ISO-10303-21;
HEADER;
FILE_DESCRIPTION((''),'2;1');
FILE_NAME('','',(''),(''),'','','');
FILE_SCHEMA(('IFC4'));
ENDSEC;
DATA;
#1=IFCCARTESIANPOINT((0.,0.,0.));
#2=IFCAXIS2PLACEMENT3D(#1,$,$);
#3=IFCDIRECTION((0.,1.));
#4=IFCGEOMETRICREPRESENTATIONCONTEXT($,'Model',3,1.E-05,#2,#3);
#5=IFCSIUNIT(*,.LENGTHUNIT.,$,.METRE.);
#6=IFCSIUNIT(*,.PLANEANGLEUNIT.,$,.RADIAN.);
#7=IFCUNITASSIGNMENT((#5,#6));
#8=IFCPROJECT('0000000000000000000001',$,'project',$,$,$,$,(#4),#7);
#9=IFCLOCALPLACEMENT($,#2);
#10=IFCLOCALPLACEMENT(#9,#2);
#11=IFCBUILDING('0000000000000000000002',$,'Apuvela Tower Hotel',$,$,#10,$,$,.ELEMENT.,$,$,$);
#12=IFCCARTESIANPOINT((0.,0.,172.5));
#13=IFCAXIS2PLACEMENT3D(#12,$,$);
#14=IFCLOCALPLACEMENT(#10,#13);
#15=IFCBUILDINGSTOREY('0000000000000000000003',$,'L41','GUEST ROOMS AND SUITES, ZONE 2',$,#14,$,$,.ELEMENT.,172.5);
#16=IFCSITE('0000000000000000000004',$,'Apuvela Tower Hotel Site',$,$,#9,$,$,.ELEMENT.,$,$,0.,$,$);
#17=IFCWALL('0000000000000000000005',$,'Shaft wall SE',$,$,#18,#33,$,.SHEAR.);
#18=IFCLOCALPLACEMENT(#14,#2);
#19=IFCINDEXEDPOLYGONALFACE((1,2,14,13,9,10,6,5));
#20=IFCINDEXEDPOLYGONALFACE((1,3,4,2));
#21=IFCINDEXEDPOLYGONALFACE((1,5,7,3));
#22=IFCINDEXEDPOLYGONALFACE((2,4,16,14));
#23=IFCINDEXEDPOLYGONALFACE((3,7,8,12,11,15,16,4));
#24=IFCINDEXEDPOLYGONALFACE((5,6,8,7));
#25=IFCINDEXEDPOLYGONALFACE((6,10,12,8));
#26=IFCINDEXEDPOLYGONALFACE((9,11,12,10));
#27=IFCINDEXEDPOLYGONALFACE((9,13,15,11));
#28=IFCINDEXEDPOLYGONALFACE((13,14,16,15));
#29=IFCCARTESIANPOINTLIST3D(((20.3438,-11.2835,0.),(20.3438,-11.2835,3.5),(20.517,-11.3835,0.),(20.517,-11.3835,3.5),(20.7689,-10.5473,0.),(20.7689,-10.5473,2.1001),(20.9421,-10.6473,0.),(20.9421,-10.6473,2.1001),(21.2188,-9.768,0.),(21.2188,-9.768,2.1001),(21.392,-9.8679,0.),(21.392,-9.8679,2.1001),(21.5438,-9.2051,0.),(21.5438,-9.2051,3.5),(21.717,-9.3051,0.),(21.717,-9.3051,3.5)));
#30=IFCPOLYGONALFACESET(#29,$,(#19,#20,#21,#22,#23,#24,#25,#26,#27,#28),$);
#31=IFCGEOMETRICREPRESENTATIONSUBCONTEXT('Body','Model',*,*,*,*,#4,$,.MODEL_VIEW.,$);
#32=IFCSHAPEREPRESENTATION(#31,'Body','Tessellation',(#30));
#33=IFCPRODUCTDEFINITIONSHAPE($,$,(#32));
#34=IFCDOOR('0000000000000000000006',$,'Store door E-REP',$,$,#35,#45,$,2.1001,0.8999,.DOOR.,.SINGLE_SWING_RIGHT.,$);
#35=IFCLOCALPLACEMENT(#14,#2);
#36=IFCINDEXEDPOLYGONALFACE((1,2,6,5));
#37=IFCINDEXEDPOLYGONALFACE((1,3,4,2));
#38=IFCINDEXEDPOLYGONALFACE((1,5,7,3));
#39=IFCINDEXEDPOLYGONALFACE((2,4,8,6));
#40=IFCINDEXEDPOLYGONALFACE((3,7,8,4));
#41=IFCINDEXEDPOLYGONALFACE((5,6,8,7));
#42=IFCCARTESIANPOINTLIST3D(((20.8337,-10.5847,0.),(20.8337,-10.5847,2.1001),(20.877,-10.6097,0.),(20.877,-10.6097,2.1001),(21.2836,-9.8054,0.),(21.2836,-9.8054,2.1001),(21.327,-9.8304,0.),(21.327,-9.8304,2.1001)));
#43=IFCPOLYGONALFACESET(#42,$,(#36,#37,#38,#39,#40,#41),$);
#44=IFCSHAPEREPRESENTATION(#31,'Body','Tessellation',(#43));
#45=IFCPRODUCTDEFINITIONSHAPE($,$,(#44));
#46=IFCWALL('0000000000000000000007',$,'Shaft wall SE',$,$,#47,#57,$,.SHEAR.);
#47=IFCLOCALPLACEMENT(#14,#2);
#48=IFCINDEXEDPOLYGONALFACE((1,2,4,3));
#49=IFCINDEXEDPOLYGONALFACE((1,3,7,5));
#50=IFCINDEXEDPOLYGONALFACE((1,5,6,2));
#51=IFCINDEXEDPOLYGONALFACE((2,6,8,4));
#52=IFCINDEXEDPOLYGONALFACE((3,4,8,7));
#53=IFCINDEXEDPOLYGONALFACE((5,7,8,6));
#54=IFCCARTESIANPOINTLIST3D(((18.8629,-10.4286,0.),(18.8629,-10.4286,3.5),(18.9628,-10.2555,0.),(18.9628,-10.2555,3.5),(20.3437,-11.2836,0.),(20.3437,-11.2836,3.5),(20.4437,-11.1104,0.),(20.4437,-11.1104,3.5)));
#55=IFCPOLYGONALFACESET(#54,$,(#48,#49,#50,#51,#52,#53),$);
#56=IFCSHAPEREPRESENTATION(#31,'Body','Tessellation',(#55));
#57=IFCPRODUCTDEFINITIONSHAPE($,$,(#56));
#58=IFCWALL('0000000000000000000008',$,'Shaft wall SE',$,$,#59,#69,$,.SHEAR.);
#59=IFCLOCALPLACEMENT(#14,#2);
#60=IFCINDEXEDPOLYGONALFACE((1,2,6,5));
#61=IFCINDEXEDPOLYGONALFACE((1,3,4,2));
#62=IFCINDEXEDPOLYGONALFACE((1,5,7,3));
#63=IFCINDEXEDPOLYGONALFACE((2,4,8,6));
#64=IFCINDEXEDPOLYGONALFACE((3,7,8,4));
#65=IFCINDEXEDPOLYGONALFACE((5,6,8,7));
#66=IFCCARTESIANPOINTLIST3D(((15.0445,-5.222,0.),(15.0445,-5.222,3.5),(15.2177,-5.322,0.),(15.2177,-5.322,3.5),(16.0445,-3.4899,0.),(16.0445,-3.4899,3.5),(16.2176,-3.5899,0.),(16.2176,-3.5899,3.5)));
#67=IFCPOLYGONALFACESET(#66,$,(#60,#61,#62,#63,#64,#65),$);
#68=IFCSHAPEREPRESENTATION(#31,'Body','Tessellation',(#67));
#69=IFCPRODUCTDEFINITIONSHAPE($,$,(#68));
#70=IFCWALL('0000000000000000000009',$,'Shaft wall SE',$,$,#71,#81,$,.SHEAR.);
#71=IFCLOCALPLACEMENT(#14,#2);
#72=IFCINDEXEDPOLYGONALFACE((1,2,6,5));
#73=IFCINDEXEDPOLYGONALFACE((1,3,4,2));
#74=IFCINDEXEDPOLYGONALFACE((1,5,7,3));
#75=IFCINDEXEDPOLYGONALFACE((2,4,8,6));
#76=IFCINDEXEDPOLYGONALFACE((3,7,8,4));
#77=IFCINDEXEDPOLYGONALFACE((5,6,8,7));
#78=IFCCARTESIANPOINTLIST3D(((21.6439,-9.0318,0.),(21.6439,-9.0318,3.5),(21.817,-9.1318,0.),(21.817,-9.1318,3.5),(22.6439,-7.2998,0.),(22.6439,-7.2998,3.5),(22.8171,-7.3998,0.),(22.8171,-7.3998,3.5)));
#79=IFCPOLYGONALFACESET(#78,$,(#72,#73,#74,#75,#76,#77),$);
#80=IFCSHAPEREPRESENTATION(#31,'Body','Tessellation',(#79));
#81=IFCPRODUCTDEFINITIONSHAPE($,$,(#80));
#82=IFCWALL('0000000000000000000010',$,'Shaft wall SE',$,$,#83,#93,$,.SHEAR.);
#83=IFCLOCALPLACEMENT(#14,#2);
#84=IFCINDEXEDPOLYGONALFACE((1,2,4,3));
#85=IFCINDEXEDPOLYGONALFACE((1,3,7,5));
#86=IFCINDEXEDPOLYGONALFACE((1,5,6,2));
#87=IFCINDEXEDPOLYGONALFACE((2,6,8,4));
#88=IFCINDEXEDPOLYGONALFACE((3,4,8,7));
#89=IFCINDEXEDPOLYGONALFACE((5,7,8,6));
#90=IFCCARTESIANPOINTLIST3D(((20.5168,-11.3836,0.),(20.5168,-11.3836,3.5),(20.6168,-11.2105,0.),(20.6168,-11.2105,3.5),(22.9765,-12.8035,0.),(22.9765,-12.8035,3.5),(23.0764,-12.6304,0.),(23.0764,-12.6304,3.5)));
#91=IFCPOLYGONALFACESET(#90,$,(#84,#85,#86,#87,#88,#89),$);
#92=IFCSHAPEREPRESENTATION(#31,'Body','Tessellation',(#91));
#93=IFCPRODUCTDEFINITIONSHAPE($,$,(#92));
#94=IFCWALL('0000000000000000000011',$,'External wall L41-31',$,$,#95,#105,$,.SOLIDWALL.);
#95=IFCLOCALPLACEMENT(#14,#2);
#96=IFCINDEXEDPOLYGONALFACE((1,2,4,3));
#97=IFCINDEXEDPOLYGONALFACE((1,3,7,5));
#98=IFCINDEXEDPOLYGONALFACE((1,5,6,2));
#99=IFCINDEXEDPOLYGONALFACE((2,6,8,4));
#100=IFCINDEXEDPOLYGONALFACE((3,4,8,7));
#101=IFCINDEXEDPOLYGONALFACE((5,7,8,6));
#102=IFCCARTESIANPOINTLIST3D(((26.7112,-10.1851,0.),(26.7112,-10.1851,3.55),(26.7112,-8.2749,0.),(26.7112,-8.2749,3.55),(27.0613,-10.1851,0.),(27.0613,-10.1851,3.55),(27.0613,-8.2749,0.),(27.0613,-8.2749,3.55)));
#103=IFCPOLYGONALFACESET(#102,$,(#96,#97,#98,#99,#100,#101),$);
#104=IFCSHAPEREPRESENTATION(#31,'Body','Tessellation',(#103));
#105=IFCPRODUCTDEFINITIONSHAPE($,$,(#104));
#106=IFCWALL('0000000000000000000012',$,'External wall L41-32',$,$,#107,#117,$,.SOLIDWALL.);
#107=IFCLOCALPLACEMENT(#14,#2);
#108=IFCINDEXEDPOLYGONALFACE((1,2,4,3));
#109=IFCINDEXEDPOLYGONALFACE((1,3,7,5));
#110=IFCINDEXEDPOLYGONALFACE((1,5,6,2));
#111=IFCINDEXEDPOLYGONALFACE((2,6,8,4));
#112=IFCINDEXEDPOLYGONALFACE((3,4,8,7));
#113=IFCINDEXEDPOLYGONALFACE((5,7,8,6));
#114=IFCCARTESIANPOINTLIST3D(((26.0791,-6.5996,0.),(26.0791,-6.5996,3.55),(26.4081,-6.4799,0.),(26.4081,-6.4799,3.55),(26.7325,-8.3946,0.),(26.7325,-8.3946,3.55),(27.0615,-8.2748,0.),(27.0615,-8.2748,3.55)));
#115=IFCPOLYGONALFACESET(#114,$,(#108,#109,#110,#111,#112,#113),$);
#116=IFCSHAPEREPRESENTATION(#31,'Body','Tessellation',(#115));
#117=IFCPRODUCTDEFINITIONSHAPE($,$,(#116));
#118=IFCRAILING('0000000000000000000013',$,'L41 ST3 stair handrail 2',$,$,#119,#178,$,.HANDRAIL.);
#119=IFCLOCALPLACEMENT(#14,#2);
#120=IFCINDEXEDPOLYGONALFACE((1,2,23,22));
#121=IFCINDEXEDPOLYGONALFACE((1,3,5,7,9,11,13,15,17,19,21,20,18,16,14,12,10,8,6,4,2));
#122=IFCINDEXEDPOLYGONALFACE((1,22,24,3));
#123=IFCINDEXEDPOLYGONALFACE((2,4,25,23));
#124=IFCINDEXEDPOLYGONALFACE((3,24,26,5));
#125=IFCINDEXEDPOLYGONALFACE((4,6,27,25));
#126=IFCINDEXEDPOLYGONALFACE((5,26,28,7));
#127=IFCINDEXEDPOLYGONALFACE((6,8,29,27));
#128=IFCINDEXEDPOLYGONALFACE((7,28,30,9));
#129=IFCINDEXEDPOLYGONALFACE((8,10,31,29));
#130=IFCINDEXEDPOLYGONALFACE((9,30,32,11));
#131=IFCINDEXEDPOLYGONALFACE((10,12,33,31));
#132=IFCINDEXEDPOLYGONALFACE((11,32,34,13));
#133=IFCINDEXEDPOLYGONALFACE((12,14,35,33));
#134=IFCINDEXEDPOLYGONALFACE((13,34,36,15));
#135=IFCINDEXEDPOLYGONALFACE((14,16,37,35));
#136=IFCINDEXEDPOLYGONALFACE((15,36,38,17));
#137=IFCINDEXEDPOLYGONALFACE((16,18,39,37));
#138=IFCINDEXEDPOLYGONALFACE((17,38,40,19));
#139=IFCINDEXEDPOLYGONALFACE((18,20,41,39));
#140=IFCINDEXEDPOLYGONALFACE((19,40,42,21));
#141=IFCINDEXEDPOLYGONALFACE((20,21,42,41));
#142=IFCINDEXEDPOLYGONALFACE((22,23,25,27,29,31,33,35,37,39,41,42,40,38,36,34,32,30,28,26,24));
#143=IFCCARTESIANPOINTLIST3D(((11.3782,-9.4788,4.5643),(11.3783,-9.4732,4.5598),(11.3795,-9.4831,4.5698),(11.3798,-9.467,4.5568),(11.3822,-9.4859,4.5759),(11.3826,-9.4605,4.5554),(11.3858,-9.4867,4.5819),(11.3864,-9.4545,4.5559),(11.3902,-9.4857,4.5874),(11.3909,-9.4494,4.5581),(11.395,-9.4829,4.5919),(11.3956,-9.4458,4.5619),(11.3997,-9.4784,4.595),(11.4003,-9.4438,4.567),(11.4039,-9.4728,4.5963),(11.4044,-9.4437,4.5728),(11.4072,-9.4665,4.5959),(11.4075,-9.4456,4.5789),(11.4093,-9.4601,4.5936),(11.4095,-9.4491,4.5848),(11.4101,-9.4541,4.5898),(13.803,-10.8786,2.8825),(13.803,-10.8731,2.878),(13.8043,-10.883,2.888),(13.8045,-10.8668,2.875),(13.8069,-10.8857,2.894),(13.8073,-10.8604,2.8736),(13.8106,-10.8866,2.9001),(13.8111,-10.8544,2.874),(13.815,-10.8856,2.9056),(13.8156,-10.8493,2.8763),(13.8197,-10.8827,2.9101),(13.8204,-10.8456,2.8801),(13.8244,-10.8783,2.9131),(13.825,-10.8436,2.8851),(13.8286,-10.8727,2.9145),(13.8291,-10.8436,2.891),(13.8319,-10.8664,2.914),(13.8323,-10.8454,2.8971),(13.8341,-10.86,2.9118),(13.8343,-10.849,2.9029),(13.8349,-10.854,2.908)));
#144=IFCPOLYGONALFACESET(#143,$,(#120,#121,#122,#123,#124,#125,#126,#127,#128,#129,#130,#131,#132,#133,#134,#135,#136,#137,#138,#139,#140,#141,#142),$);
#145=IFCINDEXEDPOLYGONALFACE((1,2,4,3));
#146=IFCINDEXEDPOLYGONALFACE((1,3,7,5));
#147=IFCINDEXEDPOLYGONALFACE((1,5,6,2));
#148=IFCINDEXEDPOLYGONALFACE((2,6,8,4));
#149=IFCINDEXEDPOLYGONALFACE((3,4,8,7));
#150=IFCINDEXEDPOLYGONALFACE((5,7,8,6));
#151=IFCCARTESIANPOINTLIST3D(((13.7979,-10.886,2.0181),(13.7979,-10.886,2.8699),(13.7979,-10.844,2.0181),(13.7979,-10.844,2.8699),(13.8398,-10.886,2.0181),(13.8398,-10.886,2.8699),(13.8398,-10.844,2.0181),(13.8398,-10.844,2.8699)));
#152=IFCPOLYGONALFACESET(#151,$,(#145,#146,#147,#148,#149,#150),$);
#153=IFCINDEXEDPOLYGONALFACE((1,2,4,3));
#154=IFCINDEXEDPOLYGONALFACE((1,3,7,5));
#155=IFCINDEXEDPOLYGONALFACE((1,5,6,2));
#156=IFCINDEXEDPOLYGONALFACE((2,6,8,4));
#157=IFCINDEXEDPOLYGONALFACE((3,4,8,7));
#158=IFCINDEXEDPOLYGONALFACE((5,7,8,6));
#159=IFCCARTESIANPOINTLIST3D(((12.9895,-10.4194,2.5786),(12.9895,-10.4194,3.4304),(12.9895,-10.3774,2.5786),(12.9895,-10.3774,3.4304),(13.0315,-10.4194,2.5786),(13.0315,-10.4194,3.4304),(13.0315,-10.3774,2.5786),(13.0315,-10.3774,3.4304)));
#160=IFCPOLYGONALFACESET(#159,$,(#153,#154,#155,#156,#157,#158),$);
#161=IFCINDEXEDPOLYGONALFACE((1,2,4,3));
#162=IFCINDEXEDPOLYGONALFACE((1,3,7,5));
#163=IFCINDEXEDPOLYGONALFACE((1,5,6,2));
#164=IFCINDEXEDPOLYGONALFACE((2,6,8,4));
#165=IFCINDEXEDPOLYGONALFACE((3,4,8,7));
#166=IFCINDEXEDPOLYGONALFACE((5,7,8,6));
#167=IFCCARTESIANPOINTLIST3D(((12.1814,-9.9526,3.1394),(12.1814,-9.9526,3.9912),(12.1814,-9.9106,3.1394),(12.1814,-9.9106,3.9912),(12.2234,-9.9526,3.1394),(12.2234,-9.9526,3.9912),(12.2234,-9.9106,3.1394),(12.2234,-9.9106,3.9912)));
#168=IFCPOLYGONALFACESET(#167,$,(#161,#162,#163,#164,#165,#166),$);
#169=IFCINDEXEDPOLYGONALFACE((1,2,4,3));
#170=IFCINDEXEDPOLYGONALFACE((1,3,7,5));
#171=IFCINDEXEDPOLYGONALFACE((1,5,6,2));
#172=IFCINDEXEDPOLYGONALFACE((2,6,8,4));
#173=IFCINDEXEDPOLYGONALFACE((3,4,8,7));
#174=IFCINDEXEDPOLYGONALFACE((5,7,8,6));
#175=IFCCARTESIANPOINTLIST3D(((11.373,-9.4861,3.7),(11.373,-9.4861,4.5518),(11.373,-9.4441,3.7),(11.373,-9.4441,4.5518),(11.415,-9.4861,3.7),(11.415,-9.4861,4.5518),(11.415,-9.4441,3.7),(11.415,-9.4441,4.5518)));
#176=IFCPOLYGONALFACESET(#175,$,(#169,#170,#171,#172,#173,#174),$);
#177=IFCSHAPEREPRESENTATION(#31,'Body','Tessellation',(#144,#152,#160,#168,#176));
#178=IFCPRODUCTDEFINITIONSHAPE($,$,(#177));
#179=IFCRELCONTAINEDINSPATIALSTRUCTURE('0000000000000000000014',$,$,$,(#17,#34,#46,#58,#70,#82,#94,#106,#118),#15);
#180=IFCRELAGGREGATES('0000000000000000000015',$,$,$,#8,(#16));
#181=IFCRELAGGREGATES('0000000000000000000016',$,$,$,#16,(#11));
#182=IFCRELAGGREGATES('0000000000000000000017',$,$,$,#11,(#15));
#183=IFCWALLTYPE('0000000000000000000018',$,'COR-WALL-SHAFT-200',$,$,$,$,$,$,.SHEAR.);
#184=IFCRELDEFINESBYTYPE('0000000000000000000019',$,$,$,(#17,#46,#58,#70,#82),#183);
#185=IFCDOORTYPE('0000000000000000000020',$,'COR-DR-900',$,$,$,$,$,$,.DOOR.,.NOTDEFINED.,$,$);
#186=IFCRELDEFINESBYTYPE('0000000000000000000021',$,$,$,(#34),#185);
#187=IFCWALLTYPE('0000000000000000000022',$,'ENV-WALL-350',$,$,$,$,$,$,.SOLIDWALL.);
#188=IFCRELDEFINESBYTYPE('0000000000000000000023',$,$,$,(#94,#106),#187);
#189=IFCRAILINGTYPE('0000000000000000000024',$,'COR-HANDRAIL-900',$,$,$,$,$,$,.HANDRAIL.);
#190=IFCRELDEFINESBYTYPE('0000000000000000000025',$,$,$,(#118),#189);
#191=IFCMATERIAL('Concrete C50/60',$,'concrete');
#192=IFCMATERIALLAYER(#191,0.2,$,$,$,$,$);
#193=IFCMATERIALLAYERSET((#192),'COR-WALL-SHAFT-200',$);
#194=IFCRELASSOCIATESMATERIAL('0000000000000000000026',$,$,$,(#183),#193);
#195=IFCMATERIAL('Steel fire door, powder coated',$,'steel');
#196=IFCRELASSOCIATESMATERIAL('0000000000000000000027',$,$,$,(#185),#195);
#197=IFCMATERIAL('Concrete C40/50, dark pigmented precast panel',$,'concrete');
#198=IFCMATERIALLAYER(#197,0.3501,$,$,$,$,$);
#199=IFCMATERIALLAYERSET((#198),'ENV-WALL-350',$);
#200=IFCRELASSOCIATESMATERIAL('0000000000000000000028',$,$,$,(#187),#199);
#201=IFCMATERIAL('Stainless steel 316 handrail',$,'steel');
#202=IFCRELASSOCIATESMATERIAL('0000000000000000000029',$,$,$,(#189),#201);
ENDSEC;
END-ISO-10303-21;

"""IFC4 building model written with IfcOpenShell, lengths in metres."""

from ifc_helpers import new_model, si_unit, direction, frame, frame_2d, origin, origin_2d, place, context, subcontext, project, spatial, rectangle, circle, extrude, material, layer, layer_set, type_object, element, fill, save


model = new_model("IFC4")

# Units and contexts
model_context = context("Model", 3, precision=1e-05, world=origin(), true_north=direction((0.0, 1.0)))
body_context = subcontext(model_context, "Body", "Model", "MODEL_VIEW")
ifc_project = project(units=[si_unit("LENGTHUNIT", "METRE"), si_unit("PLANEANGLEUNIT", "RADIAN")], contexts=[model_context])

# Site, building, storey
site_placement = place(None, origin())
site = spatial("IfcSite", under=ifc_project, at=site_placement, Name="Apuvela Tower Hotel Site", CompositionType="ELEMENT", RefElevation=0.0)
building_placement = place(site_placement, origin())
building = spatial("IfcBuilding", under=site, at=building_placement, Name="Apuvela Tower Hotel", CompositionType="ELEMENT")
storey_placement = place(building_placement, frame((0.0, 0.0, 172.5)))
storey = spatial("IfcBuildingStorey", under=building, at=storey_placement, Name="L41", Description="GUEST ROOMS AND SUITES, ZONE 2", CompositionType="ELEMENT", Elevation=172.5)

# Shared definitions
ifc_material_1 = material(Name="Concrete C50/60", Category="concrete")
ifc_layer_1 = layer(ifc_material_1, 0.2)
ifc_layer_set_1 = layer_set([ifc_layer_1], Name="COR-WALL-SHAFT-200")
wall_type_1 = type_object("IfcWallType", Name="COR-WALL-SHAFT-200", PredefinedType="SHEAR", material=ifc_layer_set_1)

# Wall, opening, door
wall_1_placement = place(storey_placement, frame((20.4304, -11.3335, 0.0), z_axis=(0.0, 0.0, 1.0), x_axis=(0.500001, 0.866025, 0.0)))
wall_1 = element("IfcWall", 1, at=wall_1_placement, inside=storey, type_object=wall_type_1, Name="Shaft wall SE", PredefinedType="SHEAR", context=body_context, shape_type="SweptSolid", body=[
    extrude(rectangle(XDim=2.3999, YDim=0.2, at=frame_2d((1.2, 0.0))), origin(), (0.0, 0.0, 1.0), 3.5),
])
opening_1_placement = place(wall_1_placement, frame((0.8501, 0.0, 0.0)))
opening_1 = element("IfcOpeningElement", 2, at=opening_1_placement, cuts=wall_1, PredefinedType="OPENING", context=body_context, shape_type="SweptSolid", body=[
    extrude(rectangle(XDim=0.8999, YDim=2.1001, at=frame_2d((0.45, 1.05))), frame((0.0, 0.1099, 0.0), z_axis=(0.0, -1.0, 0.0), x_axis=(1.0, 0.0, 0.0)), (0.0, 0.0, 1.0), 0.22),
])
ifc_material_2 = material(Name="Steel fire door, powder coated", Category="steel")
door_type_1 = type_object("IfcDoorType", Name="COR-DR-900", OperationType="NOTDEFINED", PredefinedType="DOOR", material=ifc_material_2)
door_1_placement = place(opening_1_placement, frame((0.8999, 0.0, 0.0), z_axis=(0.0, 0.0, 1.0), x_axis=(-1.0, 0.0, 0.0)))
door_1 = element("IfcDoor", 3, at=door_1_placement, inside=storey, type_object=door_type_1, Name="Store door E-REP", OperationType="SINGLE_SWING_RIGHT", OverallHeight=2.1001, OverallWidth=0.8999, PredefinedType="DOOR", context=body_context, shape_type="SweptSolid", body=[
    extrude(rectangle(XDim=0.8999, YDim=2.1001, at=frame_2d((0.45, 1.05))), frame((0.0, 0.0249, 0.0), z_axis=(0.0, -1.0, 0.0), x_axis=(1.0, 0.0, 0.0)), (0.0, 0.0, 1.0), 0.05),
])
fill(opening_1, door_1)

# Walls
wall_2_placement = place(storey_placement, frame((18.9128, -10.342, 0.0), z_axis=(0.0, 0.0, 1.0), x_axis=(0.866038, -0.499978, 0.0)))
element("IfcWall", 4, at=wall_2_placement, inside=storey, type_object=wall_type_1, Name="Shaft wall SE", PredefinedType="SHEAR", context=body_context, shape_type="SweptSolid", body=[
    extrude(rectangle(XDim=1.71, YDim=0.2, at=frame_2d((0.855, 0.0))), origin(), (0.0, 0.0, 1.0), 3.5),
])
for number, where, z_axis, x_axis, name in (
    (5, (15.1311, -5.272, 0.0), (0.0, 0.0, 1.0), (0.499973, 0.866041, 0.0), "Shaft wall SE"),
    (6, (21.7305, -9.0818, 0.0), (0.0, 0.0, 1.0), (0.500025, 0.866011, 0.0), "Shaft wall SE"),
):
    element("IfcWall", number, at=place(storey_placement, frame(where, z_axis=z_axis, x_axis=x_axis)), inside=storey, type_object=wall_type_1, Name=name, PredefinedType="SHEAR", context=body_context, shape_type="SweptSolid", body=[
        extrude(rectangle(XDim=2.0, YDim=0.2, at=frame_2d((1.0, 0.0))), origin(), (0.0, 0.0, 1.0), 3.5),
    ])
wall_3_placement = place(storey_placement, frame((20.5669, -11.2971, 0.0), z_axis=(0.0, 0.0, 1.0), x_axis=(0.866055, -0.499948, 0.0)))
element("IfcWall", 7, at=wall_3_placement, inside=storey, type_object=wall_type_1, Name="Shaft wall SE", PredefinedType="SHEAR", context=body_context, shape_type="SweptSolid", body=[
    extrude(rectangle(XDim=2.8401, YDim=0.2, at=frame_2d((1.4199, 0.0))), origin(), (0.0, 0.0, 1.0), 3.5),
])
ifc_material_3 = material(Name="Concrete C40/50, dark pigmented precast panel", Category="concrete")
ifc_layer_2 = layer(ifc_material_3, 0.3501)
ifc_layer_set_2 = layer_set([ifc_layer_2], Name="ENV-WALL-350")
wall_type_2 = type_object("IfcWallType", Name="ENV-WALL-350", PredefinedType="SOLIDWALL", material=ifc_layer_set_2)
for number, where, z_axis, x_axis, name in (
    (8, (26.8862, -10.1851, 0.0), (0.0, 0.0, 1.0), (0.0, 1.0, 0.0), "External wall L41-31"),
    (9, (26.897, -8.3347, 0.0), (0.0, 0.0, 1.0), (-0.34203, 0.939689, 0.0), "External wall L41-32"),
):
    element("IfcWall", number, at=place(storey_placement, frame(where, z_axis=z_axis, x_axis=x_axis)), inside=storey, type_object=wall_type_2, Name=name, PredefinedType="SOLIDWALL", context=body_context, shape_type="SweptSolid", body=[
        extrude(rectangle(XDim=1.9102, YDim=0.3501, at=frame_2d((0.9551, 0.0))), origin(), (0.0, 0.0, 1.0), 3.55),
    ])

# Railing
ifc_material_4 = material(Name="Stainless steel 316 handrail", Category="steel")
railing_type_1 = type_object("IfcRailingType", Name="COR-HANDRAIL-900", PredefinedType="HANDRAIL", material=ifc_material_4)
railing_1_placement = place(storey_placement, frame((13.8188, -10.865, 2.0181)))
element("IfcRailing", 10, at=railing_1_placement, inside=storey, type_object=railing_type_1, Name="L41 ST3 stair handrail 2", PredefinedType="HANDRAIL", context=body_context, shape_type="SweptSolid", body=[
    extrude(circle(Radius=0.0239, at=origin_2d()), frame((0.0, 0.0, 0.876), z_axis=(-0.74239, 0.428601, 0.514934), x_axis=(-0.499984, -0.866035, 0.0)), (0.0, 0.0, 1.0), 3.2661),
    extrude(rectangle(XDim=0.042, YDim=0.042, at=origin_2d()), origin(), (0.0, 0.0, 1.0), 0.8518),
    extrude(rectangle(XDim=0.042, YDim=0.042, at=origin_2d()), frame((-0.8083, 0.4666, 0.5605)), (0.0, 0.0, 1.0), 0.8518),
    extrude(rectangle(XDim=0.042, YDim=0.042, at=origin_2d()), frame((-1.6165, 0.9333, 1.1213)), (0.0, 0.0, 1.0), 0.8518),
    extrude(rectangle(XDim=0.042, YDim=0.042, at=origin_2d()), frame((-2.4248, 1.3999, 1.6819)), (0.0, 0.0, 1.0), 0.8518),
])

save(model, "model.ifc")
